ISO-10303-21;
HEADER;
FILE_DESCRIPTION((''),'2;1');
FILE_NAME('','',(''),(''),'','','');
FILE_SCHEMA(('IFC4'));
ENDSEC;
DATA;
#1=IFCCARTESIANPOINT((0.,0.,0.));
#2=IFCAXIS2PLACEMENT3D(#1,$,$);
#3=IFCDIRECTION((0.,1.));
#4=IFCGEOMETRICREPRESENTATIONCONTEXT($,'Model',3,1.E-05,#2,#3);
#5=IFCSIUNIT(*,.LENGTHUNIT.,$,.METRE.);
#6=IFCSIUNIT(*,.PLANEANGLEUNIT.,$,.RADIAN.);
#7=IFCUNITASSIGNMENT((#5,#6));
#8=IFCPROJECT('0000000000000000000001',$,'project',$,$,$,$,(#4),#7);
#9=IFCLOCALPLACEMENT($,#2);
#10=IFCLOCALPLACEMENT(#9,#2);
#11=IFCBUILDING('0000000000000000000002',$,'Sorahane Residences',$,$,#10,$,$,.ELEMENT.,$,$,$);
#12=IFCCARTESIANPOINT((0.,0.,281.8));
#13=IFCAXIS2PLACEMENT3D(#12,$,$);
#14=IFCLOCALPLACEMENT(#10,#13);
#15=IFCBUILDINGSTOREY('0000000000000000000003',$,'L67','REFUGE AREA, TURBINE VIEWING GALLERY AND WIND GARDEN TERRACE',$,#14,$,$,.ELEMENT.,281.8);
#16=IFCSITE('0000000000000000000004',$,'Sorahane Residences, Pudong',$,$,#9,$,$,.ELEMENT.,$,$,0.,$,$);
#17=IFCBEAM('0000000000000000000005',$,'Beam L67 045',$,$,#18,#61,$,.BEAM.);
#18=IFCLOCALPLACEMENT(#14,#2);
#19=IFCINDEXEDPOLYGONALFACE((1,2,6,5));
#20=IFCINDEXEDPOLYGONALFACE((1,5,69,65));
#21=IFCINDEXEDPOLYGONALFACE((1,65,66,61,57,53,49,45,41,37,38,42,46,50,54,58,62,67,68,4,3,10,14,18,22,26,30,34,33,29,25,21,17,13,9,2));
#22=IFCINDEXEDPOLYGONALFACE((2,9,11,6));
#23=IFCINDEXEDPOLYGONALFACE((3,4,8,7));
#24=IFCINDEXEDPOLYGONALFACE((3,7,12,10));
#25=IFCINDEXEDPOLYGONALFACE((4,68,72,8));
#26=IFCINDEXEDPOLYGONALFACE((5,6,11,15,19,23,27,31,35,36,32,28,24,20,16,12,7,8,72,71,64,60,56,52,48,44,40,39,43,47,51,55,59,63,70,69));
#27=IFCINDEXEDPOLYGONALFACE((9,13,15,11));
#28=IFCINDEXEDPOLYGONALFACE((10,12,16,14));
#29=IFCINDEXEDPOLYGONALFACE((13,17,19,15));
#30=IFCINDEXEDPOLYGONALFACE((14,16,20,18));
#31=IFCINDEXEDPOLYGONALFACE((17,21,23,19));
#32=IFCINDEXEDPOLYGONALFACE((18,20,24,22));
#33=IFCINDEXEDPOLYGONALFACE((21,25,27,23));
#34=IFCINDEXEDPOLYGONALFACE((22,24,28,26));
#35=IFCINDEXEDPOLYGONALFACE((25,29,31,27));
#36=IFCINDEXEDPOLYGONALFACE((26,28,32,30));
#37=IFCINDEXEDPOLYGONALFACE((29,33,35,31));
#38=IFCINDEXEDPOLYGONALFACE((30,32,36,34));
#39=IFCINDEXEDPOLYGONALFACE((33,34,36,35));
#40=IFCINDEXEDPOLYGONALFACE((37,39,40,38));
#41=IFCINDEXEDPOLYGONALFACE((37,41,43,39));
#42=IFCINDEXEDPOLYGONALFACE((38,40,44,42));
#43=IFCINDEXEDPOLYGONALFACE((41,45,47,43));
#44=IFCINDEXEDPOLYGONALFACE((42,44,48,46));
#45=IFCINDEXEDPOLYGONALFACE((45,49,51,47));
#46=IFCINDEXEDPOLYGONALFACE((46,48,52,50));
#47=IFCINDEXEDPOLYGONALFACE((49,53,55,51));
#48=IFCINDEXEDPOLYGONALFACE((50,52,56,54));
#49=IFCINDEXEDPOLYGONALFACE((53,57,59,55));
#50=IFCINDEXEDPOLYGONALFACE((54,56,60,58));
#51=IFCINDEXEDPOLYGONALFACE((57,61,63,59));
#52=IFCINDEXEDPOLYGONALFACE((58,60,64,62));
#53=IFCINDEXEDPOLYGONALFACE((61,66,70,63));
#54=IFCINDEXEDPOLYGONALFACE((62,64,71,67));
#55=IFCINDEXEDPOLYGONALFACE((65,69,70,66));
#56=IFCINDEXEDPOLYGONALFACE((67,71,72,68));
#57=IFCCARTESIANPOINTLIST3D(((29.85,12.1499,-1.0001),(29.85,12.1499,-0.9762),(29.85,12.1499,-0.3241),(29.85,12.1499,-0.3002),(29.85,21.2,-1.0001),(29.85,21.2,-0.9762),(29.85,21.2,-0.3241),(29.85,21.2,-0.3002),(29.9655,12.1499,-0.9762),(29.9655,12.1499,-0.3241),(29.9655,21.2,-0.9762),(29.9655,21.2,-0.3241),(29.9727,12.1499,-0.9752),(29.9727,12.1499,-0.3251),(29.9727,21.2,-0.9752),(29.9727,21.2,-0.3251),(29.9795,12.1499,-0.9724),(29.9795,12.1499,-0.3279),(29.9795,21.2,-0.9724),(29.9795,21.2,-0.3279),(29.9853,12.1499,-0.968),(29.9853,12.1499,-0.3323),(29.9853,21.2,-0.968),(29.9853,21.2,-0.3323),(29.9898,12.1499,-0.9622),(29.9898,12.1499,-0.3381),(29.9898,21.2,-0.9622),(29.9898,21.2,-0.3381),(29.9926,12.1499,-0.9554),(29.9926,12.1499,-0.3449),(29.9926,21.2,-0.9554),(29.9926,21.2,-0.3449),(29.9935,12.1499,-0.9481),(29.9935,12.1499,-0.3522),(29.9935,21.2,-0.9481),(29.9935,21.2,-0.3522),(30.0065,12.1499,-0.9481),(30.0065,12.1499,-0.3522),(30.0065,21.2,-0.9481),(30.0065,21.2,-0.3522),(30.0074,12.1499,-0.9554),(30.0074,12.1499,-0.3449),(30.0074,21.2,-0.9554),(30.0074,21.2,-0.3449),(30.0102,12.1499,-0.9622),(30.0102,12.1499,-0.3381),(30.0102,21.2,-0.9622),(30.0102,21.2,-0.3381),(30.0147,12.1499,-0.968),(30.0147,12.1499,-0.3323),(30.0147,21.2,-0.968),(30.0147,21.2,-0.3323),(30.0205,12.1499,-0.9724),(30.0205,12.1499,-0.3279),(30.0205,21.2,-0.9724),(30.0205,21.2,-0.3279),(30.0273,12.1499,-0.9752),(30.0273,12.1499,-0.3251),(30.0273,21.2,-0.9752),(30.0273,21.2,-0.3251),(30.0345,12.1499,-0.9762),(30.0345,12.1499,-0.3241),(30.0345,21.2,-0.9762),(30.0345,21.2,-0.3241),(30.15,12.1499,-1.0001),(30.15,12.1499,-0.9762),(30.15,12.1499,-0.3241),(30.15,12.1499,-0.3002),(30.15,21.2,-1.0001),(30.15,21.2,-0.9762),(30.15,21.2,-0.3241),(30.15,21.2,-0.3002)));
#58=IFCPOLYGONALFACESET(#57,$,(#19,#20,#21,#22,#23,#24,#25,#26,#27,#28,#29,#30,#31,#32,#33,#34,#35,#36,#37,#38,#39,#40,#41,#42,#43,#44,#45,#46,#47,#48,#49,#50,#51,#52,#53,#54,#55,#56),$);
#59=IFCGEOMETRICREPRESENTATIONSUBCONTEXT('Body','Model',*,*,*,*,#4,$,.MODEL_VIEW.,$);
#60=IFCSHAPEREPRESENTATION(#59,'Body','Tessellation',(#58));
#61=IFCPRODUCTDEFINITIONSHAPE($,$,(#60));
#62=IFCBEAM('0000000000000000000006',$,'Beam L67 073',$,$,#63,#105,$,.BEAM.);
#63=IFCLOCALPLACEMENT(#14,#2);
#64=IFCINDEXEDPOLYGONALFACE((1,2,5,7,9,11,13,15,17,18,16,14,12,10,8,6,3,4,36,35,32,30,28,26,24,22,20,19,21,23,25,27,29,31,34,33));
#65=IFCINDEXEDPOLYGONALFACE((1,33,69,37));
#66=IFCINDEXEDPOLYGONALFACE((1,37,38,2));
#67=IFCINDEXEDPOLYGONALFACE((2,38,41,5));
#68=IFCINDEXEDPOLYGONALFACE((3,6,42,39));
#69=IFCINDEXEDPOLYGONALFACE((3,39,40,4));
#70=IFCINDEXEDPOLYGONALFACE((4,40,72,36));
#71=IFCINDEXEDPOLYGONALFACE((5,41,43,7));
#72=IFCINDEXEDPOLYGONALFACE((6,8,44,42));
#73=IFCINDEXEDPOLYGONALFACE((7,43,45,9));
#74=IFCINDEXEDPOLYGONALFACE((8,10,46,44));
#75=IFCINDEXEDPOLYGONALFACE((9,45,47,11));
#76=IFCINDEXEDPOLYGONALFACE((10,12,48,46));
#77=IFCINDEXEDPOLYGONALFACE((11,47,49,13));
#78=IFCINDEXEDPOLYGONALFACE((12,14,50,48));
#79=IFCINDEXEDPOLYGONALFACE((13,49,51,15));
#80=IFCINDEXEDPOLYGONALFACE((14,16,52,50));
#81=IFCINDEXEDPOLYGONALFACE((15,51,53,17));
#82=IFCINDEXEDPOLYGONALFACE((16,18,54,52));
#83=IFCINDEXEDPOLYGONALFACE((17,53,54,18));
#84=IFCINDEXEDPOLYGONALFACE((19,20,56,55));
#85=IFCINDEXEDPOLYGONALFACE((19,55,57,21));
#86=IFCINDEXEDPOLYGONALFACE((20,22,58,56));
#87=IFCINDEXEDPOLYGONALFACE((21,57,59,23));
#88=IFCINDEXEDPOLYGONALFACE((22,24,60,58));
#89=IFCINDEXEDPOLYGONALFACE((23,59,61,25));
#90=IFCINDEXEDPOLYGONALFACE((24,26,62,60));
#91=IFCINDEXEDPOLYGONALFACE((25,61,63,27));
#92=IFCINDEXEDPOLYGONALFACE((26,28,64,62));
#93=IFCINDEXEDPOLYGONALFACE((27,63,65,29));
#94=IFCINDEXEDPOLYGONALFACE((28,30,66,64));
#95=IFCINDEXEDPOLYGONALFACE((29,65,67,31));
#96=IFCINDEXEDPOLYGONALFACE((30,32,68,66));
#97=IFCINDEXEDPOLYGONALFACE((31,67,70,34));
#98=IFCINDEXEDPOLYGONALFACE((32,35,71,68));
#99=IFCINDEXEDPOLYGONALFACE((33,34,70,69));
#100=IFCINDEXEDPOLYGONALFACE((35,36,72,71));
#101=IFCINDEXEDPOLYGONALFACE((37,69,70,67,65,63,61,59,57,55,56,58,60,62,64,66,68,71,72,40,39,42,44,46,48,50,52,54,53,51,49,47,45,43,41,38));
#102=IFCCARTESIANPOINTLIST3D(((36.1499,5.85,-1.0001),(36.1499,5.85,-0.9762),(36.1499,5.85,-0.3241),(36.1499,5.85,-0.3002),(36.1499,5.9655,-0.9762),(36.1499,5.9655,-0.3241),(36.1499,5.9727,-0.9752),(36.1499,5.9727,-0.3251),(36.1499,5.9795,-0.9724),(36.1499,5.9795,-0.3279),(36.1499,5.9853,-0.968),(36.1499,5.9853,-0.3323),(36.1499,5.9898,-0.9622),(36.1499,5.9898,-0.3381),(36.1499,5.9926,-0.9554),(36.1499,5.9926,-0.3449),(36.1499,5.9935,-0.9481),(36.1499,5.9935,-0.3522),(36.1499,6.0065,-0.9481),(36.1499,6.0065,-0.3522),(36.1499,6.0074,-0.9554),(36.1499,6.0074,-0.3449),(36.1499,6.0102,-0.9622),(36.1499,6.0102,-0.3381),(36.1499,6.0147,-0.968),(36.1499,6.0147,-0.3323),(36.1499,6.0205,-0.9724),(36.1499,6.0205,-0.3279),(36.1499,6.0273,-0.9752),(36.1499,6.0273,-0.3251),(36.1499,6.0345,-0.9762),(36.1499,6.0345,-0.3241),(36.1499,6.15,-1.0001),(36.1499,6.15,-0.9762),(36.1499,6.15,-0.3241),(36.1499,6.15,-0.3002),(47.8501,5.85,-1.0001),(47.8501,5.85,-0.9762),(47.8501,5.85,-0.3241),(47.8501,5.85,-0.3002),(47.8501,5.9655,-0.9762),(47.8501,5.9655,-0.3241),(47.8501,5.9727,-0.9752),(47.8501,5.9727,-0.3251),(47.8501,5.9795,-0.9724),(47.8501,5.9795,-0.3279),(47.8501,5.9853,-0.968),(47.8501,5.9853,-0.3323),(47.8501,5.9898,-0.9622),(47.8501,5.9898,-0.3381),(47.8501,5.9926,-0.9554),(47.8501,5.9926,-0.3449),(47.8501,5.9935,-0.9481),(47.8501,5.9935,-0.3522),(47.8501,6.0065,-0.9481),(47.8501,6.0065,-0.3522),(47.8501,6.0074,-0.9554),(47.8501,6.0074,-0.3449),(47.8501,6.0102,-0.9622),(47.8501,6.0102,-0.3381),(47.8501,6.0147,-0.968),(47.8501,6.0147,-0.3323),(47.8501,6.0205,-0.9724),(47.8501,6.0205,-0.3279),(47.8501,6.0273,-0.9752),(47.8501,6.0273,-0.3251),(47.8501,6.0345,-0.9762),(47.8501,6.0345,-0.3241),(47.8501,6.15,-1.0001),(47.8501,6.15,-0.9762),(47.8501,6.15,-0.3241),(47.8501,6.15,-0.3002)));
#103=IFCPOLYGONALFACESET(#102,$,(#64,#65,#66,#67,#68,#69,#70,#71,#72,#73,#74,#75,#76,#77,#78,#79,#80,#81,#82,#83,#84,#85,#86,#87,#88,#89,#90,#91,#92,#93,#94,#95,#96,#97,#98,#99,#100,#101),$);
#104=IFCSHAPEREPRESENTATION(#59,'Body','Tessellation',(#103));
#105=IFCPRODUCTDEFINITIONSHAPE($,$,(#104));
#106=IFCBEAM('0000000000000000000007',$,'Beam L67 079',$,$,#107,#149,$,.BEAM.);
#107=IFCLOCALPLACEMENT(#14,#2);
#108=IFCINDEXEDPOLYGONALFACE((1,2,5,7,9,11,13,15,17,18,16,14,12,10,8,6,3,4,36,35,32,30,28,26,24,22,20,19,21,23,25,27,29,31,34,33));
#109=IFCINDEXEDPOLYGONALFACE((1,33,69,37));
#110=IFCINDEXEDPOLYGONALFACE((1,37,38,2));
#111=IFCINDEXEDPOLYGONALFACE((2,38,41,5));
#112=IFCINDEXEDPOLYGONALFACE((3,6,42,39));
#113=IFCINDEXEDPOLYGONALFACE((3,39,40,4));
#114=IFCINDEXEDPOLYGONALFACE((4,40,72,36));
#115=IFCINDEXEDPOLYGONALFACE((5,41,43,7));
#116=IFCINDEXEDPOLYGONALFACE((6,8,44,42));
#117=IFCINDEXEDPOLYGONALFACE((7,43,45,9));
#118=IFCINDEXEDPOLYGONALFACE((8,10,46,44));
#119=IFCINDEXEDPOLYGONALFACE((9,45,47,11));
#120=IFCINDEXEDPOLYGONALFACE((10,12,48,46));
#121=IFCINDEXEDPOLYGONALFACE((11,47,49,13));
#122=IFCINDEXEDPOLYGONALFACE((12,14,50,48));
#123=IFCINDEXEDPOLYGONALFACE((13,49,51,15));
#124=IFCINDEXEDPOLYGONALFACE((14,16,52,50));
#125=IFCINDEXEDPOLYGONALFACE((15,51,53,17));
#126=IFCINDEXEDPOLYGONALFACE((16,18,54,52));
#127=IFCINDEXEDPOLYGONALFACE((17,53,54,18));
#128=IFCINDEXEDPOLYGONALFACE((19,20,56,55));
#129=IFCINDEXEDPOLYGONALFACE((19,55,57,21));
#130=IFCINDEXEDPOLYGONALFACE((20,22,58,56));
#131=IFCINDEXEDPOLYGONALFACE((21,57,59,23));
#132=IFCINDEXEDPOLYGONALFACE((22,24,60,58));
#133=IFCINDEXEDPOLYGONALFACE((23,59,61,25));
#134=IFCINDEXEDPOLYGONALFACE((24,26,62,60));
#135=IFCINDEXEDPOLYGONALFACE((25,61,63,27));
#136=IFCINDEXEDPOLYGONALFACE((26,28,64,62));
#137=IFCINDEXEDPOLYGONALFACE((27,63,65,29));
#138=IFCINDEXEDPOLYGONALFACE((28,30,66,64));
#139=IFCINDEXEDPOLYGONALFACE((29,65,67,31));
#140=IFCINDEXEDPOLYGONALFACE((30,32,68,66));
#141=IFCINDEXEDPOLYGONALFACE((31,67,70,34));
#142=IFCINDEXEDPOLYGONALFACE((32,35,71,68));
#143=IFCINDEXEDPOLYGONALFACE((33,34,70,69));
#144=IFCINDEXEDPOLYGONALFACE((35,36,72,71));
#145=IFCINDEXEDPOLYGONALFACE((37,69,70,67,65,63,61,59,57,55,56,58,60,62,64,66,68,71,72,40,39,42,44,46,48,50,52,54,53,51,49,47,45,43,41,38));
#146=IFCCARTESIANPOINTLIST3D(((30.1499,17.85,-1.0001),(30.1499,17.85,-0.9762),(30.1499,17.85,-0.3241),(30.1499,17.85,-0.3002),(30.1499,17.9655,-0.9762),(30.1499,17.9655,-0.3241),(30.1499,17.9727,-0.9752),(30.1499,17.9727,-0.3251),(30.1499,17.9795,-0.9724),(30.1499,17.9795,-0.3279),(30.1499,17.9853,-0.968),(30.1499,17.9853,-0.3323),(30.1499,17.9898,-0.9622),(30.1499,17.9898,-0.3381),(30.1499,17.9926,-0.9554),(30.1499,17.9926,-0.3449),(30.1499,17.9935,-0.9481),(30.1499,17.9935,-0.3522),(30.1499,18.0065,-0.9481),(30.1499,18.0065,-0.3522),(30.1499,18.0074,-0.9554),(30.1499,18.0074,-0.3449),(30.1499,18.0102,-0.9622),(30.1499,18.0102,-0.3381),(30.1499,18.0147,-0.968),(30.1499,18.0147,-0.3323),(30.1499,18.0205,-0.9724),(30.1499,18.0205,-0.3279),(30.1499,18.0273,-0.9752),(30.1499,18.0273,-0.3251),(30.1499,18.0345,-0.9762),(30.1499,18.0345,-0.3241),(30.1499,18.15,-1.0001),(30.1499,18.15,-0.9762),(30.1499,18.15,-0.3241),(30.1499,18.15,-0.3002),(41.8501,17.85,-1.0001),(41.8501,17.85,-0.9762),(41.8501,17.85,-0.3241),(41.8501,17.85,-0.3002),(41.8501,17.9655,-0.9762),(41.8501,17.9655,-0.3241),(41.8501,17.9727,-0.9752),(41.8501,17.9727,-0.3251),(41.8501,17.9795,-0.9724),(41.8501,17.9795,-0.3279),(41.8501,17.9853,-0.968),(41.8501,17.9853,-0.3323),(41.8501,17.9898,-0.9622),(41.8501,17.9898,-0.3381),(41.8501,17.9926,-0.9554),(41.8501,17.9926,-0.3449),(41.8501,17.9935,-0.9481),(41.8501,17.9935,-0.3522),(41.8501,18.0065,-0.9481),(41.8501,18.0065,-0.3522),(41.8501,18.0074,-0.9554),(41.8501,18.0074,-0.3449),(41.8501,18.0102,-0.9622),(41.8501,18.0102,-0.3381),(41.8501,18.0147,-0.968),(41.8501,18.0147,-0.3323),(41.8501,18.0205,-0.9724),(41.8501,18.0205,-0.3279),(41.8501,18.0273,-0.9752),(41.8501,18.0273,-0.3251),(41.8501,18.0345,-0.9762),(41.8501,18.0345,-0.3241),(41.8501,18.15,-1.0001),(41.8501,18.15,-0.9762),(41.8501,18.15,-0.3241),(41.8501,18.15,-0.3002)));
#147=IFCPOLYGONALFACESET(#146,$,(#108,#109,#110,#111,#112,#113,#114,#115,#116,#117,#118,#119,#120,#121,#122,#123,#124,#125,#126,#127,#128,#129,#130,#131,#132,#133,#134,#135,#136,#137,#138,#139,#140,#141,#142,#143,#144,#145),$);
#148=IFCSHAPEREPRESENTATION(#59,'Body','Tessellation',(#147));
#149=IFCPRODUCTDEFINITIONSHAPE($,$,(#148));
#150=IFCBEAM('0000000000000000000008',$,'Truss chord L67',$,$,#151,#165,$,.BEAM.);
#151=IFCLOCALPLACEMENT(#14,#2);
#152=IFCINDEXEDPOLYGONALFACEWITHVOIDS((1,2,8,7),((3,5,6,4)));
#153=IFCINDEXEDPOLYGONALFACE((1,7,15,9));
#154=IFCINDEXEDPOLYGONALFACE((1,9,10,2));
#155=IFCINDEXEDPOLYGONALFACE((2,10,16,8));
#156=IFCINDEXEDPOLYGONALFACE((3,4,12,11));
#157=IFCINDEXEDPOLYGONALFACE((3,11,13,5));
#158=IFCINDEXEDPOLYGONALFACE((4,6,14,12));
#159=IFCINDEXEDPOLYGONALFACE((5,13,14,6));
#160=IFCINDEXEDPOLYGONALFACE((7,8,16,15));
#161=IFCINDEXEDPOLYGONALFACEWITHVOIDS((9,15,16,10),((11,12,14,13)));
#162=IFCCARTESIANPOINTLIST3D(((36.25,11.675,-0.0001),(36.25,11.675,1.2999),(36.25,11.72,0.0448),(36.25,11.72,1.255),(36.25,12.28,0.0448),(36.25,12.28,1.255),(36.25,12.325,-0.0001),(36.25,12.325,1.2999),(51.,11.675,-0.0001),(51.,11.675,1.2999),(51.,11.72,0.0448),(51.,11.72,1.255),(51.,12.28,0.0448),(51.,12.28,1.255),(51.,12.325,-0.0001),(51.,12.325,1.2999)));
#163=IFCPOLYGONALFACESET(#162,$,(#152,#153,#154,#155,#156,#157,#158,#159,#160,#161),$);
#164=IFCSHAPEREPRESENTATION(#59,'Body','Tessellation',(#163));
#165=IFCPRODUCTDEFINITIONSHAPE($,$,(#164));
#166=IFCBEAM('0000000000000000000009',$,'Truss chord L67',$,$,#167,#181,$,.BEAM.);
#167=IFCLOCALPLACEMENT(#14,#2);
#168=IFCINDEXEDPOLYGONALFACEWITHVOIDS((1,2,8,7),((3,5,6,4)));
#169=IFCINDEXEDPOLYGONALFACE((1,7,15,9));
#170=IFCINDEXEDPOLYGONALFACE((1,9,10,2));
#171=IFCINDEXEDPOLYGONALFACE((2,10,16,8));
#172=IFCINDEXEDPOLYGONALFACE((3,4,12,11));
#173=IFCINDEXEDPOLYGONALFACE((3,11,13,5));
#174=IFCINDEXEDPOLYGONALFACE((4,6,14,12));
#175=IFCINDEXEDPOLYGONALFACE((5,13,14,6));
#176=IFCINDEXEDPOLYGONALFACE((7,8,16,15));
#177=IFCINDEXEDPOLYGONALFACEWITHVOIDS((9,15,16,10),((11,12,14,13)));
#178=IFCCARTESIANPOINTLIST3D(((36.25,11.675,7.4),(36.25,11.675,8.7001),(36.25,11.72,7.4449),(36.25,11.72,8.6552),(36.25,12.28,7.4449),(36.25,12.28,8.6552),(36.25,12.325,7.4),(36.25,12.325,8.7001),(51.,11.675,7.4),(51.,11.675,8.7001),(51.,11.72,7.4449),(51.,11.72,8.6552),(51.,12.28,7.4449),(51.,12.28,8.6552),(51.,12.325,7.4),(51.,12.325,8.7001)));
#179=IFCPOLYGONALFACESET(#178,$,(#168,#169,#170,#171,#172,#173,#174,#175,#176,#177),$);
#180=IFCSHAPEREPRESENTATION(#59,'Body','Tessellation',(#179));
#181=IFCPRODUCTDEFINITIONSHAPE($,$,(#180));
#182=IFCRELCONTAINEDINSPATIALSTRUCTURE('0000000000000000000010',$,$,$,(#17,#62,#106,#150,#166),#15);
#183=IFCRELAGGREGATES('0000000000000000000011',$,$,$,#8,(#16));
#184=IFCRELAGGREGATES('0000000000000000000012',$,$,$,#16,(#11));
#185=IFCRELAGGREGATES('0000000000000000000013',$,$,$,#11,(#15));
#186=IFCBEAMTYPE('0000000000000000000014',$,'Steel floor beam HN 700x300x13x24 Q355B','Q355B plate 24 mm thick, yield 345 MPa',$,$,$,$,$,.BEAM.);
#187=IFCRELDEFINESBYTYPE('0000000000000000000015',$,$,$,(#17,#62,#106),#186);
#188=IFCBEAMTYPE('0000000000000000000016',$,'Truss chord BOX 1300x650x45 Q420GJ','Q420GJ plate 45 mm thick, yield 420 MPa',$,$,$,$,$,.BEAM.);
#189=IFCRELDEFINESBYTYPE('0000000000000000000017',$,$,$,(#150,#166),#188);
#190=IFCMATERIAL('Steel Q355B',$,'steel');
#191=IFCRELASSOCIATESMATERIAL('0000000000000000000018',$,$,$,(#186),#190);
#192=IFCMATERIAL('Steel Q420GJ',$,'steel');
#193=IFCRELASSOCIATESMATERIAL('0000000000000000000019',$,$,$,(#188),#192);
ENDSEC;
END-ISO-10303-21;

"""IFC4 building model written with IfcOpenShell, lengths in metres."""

from ifc_helpers import new_model, si_unit, direction, frame, origin, origin_2d, place, context, subcontext, project, spatial, hollow_rectangle, i_section, extrude, material, material_profile, profile_set, type_object, element, save


model = new_model("IFC4")

# Units and contexts
model_context = context("Model", 3, precision=1e-05, world=origin(), true_north=direction((0.0, 1.0)))
body_context = subcontext(model_context, "Body", "Model", "MODEL_VIEW")
ifc_project = project(units=[si_unit("LENGTHUNIT", "METRE"), si_unit("PLANEANGLEUNIT", "RADIAN")], contexts=[model_context])

# Site, building, storey
site_placement = place(None, origin())
site = spatial("IfcSite", under=ifc_project, at=site_placement, Name="Sorahane Residences, Pudong", CompositionType="ELEMENT", RefElevation=0.0)
building_placement = place(site_placement, origin())
building = spatial("IfcBuilding", under=site, at=building_placement, Name="Sorahane Residences", CompositionType="ELEMENT")
storey_placement = place(building_placement, frame((0.0, 0.0, 281.8)))
storey = spatial("IfcBuildingStorey", under=building, at=storey_placement, Name="L67", Description="REFUGE AREA, TURBINE VIEWING GALLERY AND WIND GARDEN TERRACE", CompositionType="ELEMENT", Elevation=281.8)

# Beams
ifc_material_1 = material(Name="Steel Q355B", Category="steel")
ifc_material_profile_1 = material_profile(ifc_material_1, i_section(OverallWidth=0.3, OverallDepth=0.7, WebThickness=0.0129, FlangeThickness=0.0239, FilletRadius=0.0281, at=origin_2d()), Name="HN 700x300x13x24")
ifc_profile_set_1 = profile_set([ifc_material_profile_1], Name="Steel Q355B")
beam_type_1 = type_object("IfcBeamType", Name="Steel floor beam HN 700x300x13x24 Q355B", Description="Q355B plate 24 mm thick, yield 345 MPa", PredefinedType="BEAM", material=ifc_profile_set_1)
beam_1_placement = place(storey_placement, frame((30.0, 12.1499, -0.6501), z_axis=(0.0, 1.0, 0.0), x_axis=(-1.0, 0.0, 0.0)))
element("IfcBeam", 1, at=beam_1_placement, inside=storey, type_object=beam_type_1, Name="Beam L67 045", PredefinedType="BEAM", context=body_context, shape_type="SweptSolid", body=[
    extrude(i_section(OverallWidth=0.3, OverallDepth=0.7, WebThickness=0.0129, FlangeThickness=0.0239, FilletRadius=0.0281, at=origin_2d()), origin(), (0.0, 0.0, 1.0), 9.05),
])
for number, where, z_axis, x_axis, name in (
    (2, (36.1499, 6.0, -0.6501), (1.0, 0.0, 0.0), (0.0, 1.0, 0.0), "Beam L67 073"),
    (3, (30.1499, 18.0, -0.6501), (1.0, 0.0, 0.0), (0.0, 1.0, 0.0), "Beam L67 079"),
):
    element("IfcBeam", number, at=place(storey_placement, frame(where, z_axis=z_axis, x_axis=x_axis)), inside=storey, type_object=beam_type_1, Name=name, PredefinedType="BEAM", context=body_context, shape_type="SweptSolid", body=[
        extrude(i_section(OverallWidth=0.3, OverallDepth=0.7, WebThickness=0.0129, FlangeThickness=0.0239, FilletRadius=0.0281, at=origin_2d()), origin(), (0.0, 0.0, 1.0), 11.7002),
    ])
ifc_material_2 = material(Name="Steel Q420GJ", Category="steel")
ifc_material_profile_2 = material_profile(ifc_material_2, hollow_rectangle(XDim=0.6499, YDim=1.3, WallThickness=0.0449, at=origin_2d()), Name="BOX 1300x650x45")
ifc_profile_set_2 = profile_set([ifc_material_profile_2], Name="Steel Q420GJ")
beam_type_2 = type_object("IfcBeamType", Name="Truss chord BOX 1300x650x45 Q420GJ", Description="Q420GJ plate 45 mm thick, yield 420 MPa", PredefinedType="BEAM", material=ifc_profile_set_2)
for number, where, z_axis, x_axis, name in (
    (4, (36.25, 12.0, 0.6499), (1.0, 0.0, 0.0), (0.0, 1.0, 0.0), "Truss chord L67"),
    (5, (36.25, 12.0, 8.05), (1.0, 0.0, 0.0), (0.0, 1.0, 0.0), "Truss chord L67"),
):
    element("IfcBeam", number, at=place(storey_placement, frame(where, z_axis=z_axis, x_axis=x_axis)), inside=storey, type_object=beam_type_2, Name=name, PredefinedType="BEAM", context=body_context, shape_type="SweptSolid", body=[
        extrude(hollow_rectangle(XDim=0.6499, YDim=1.3, WallThickness=0.0449, at=origin_2d()), origin(), (0.0, 0.0, 1.0), 14.75),
    ])

save(model, "model.ifc")
